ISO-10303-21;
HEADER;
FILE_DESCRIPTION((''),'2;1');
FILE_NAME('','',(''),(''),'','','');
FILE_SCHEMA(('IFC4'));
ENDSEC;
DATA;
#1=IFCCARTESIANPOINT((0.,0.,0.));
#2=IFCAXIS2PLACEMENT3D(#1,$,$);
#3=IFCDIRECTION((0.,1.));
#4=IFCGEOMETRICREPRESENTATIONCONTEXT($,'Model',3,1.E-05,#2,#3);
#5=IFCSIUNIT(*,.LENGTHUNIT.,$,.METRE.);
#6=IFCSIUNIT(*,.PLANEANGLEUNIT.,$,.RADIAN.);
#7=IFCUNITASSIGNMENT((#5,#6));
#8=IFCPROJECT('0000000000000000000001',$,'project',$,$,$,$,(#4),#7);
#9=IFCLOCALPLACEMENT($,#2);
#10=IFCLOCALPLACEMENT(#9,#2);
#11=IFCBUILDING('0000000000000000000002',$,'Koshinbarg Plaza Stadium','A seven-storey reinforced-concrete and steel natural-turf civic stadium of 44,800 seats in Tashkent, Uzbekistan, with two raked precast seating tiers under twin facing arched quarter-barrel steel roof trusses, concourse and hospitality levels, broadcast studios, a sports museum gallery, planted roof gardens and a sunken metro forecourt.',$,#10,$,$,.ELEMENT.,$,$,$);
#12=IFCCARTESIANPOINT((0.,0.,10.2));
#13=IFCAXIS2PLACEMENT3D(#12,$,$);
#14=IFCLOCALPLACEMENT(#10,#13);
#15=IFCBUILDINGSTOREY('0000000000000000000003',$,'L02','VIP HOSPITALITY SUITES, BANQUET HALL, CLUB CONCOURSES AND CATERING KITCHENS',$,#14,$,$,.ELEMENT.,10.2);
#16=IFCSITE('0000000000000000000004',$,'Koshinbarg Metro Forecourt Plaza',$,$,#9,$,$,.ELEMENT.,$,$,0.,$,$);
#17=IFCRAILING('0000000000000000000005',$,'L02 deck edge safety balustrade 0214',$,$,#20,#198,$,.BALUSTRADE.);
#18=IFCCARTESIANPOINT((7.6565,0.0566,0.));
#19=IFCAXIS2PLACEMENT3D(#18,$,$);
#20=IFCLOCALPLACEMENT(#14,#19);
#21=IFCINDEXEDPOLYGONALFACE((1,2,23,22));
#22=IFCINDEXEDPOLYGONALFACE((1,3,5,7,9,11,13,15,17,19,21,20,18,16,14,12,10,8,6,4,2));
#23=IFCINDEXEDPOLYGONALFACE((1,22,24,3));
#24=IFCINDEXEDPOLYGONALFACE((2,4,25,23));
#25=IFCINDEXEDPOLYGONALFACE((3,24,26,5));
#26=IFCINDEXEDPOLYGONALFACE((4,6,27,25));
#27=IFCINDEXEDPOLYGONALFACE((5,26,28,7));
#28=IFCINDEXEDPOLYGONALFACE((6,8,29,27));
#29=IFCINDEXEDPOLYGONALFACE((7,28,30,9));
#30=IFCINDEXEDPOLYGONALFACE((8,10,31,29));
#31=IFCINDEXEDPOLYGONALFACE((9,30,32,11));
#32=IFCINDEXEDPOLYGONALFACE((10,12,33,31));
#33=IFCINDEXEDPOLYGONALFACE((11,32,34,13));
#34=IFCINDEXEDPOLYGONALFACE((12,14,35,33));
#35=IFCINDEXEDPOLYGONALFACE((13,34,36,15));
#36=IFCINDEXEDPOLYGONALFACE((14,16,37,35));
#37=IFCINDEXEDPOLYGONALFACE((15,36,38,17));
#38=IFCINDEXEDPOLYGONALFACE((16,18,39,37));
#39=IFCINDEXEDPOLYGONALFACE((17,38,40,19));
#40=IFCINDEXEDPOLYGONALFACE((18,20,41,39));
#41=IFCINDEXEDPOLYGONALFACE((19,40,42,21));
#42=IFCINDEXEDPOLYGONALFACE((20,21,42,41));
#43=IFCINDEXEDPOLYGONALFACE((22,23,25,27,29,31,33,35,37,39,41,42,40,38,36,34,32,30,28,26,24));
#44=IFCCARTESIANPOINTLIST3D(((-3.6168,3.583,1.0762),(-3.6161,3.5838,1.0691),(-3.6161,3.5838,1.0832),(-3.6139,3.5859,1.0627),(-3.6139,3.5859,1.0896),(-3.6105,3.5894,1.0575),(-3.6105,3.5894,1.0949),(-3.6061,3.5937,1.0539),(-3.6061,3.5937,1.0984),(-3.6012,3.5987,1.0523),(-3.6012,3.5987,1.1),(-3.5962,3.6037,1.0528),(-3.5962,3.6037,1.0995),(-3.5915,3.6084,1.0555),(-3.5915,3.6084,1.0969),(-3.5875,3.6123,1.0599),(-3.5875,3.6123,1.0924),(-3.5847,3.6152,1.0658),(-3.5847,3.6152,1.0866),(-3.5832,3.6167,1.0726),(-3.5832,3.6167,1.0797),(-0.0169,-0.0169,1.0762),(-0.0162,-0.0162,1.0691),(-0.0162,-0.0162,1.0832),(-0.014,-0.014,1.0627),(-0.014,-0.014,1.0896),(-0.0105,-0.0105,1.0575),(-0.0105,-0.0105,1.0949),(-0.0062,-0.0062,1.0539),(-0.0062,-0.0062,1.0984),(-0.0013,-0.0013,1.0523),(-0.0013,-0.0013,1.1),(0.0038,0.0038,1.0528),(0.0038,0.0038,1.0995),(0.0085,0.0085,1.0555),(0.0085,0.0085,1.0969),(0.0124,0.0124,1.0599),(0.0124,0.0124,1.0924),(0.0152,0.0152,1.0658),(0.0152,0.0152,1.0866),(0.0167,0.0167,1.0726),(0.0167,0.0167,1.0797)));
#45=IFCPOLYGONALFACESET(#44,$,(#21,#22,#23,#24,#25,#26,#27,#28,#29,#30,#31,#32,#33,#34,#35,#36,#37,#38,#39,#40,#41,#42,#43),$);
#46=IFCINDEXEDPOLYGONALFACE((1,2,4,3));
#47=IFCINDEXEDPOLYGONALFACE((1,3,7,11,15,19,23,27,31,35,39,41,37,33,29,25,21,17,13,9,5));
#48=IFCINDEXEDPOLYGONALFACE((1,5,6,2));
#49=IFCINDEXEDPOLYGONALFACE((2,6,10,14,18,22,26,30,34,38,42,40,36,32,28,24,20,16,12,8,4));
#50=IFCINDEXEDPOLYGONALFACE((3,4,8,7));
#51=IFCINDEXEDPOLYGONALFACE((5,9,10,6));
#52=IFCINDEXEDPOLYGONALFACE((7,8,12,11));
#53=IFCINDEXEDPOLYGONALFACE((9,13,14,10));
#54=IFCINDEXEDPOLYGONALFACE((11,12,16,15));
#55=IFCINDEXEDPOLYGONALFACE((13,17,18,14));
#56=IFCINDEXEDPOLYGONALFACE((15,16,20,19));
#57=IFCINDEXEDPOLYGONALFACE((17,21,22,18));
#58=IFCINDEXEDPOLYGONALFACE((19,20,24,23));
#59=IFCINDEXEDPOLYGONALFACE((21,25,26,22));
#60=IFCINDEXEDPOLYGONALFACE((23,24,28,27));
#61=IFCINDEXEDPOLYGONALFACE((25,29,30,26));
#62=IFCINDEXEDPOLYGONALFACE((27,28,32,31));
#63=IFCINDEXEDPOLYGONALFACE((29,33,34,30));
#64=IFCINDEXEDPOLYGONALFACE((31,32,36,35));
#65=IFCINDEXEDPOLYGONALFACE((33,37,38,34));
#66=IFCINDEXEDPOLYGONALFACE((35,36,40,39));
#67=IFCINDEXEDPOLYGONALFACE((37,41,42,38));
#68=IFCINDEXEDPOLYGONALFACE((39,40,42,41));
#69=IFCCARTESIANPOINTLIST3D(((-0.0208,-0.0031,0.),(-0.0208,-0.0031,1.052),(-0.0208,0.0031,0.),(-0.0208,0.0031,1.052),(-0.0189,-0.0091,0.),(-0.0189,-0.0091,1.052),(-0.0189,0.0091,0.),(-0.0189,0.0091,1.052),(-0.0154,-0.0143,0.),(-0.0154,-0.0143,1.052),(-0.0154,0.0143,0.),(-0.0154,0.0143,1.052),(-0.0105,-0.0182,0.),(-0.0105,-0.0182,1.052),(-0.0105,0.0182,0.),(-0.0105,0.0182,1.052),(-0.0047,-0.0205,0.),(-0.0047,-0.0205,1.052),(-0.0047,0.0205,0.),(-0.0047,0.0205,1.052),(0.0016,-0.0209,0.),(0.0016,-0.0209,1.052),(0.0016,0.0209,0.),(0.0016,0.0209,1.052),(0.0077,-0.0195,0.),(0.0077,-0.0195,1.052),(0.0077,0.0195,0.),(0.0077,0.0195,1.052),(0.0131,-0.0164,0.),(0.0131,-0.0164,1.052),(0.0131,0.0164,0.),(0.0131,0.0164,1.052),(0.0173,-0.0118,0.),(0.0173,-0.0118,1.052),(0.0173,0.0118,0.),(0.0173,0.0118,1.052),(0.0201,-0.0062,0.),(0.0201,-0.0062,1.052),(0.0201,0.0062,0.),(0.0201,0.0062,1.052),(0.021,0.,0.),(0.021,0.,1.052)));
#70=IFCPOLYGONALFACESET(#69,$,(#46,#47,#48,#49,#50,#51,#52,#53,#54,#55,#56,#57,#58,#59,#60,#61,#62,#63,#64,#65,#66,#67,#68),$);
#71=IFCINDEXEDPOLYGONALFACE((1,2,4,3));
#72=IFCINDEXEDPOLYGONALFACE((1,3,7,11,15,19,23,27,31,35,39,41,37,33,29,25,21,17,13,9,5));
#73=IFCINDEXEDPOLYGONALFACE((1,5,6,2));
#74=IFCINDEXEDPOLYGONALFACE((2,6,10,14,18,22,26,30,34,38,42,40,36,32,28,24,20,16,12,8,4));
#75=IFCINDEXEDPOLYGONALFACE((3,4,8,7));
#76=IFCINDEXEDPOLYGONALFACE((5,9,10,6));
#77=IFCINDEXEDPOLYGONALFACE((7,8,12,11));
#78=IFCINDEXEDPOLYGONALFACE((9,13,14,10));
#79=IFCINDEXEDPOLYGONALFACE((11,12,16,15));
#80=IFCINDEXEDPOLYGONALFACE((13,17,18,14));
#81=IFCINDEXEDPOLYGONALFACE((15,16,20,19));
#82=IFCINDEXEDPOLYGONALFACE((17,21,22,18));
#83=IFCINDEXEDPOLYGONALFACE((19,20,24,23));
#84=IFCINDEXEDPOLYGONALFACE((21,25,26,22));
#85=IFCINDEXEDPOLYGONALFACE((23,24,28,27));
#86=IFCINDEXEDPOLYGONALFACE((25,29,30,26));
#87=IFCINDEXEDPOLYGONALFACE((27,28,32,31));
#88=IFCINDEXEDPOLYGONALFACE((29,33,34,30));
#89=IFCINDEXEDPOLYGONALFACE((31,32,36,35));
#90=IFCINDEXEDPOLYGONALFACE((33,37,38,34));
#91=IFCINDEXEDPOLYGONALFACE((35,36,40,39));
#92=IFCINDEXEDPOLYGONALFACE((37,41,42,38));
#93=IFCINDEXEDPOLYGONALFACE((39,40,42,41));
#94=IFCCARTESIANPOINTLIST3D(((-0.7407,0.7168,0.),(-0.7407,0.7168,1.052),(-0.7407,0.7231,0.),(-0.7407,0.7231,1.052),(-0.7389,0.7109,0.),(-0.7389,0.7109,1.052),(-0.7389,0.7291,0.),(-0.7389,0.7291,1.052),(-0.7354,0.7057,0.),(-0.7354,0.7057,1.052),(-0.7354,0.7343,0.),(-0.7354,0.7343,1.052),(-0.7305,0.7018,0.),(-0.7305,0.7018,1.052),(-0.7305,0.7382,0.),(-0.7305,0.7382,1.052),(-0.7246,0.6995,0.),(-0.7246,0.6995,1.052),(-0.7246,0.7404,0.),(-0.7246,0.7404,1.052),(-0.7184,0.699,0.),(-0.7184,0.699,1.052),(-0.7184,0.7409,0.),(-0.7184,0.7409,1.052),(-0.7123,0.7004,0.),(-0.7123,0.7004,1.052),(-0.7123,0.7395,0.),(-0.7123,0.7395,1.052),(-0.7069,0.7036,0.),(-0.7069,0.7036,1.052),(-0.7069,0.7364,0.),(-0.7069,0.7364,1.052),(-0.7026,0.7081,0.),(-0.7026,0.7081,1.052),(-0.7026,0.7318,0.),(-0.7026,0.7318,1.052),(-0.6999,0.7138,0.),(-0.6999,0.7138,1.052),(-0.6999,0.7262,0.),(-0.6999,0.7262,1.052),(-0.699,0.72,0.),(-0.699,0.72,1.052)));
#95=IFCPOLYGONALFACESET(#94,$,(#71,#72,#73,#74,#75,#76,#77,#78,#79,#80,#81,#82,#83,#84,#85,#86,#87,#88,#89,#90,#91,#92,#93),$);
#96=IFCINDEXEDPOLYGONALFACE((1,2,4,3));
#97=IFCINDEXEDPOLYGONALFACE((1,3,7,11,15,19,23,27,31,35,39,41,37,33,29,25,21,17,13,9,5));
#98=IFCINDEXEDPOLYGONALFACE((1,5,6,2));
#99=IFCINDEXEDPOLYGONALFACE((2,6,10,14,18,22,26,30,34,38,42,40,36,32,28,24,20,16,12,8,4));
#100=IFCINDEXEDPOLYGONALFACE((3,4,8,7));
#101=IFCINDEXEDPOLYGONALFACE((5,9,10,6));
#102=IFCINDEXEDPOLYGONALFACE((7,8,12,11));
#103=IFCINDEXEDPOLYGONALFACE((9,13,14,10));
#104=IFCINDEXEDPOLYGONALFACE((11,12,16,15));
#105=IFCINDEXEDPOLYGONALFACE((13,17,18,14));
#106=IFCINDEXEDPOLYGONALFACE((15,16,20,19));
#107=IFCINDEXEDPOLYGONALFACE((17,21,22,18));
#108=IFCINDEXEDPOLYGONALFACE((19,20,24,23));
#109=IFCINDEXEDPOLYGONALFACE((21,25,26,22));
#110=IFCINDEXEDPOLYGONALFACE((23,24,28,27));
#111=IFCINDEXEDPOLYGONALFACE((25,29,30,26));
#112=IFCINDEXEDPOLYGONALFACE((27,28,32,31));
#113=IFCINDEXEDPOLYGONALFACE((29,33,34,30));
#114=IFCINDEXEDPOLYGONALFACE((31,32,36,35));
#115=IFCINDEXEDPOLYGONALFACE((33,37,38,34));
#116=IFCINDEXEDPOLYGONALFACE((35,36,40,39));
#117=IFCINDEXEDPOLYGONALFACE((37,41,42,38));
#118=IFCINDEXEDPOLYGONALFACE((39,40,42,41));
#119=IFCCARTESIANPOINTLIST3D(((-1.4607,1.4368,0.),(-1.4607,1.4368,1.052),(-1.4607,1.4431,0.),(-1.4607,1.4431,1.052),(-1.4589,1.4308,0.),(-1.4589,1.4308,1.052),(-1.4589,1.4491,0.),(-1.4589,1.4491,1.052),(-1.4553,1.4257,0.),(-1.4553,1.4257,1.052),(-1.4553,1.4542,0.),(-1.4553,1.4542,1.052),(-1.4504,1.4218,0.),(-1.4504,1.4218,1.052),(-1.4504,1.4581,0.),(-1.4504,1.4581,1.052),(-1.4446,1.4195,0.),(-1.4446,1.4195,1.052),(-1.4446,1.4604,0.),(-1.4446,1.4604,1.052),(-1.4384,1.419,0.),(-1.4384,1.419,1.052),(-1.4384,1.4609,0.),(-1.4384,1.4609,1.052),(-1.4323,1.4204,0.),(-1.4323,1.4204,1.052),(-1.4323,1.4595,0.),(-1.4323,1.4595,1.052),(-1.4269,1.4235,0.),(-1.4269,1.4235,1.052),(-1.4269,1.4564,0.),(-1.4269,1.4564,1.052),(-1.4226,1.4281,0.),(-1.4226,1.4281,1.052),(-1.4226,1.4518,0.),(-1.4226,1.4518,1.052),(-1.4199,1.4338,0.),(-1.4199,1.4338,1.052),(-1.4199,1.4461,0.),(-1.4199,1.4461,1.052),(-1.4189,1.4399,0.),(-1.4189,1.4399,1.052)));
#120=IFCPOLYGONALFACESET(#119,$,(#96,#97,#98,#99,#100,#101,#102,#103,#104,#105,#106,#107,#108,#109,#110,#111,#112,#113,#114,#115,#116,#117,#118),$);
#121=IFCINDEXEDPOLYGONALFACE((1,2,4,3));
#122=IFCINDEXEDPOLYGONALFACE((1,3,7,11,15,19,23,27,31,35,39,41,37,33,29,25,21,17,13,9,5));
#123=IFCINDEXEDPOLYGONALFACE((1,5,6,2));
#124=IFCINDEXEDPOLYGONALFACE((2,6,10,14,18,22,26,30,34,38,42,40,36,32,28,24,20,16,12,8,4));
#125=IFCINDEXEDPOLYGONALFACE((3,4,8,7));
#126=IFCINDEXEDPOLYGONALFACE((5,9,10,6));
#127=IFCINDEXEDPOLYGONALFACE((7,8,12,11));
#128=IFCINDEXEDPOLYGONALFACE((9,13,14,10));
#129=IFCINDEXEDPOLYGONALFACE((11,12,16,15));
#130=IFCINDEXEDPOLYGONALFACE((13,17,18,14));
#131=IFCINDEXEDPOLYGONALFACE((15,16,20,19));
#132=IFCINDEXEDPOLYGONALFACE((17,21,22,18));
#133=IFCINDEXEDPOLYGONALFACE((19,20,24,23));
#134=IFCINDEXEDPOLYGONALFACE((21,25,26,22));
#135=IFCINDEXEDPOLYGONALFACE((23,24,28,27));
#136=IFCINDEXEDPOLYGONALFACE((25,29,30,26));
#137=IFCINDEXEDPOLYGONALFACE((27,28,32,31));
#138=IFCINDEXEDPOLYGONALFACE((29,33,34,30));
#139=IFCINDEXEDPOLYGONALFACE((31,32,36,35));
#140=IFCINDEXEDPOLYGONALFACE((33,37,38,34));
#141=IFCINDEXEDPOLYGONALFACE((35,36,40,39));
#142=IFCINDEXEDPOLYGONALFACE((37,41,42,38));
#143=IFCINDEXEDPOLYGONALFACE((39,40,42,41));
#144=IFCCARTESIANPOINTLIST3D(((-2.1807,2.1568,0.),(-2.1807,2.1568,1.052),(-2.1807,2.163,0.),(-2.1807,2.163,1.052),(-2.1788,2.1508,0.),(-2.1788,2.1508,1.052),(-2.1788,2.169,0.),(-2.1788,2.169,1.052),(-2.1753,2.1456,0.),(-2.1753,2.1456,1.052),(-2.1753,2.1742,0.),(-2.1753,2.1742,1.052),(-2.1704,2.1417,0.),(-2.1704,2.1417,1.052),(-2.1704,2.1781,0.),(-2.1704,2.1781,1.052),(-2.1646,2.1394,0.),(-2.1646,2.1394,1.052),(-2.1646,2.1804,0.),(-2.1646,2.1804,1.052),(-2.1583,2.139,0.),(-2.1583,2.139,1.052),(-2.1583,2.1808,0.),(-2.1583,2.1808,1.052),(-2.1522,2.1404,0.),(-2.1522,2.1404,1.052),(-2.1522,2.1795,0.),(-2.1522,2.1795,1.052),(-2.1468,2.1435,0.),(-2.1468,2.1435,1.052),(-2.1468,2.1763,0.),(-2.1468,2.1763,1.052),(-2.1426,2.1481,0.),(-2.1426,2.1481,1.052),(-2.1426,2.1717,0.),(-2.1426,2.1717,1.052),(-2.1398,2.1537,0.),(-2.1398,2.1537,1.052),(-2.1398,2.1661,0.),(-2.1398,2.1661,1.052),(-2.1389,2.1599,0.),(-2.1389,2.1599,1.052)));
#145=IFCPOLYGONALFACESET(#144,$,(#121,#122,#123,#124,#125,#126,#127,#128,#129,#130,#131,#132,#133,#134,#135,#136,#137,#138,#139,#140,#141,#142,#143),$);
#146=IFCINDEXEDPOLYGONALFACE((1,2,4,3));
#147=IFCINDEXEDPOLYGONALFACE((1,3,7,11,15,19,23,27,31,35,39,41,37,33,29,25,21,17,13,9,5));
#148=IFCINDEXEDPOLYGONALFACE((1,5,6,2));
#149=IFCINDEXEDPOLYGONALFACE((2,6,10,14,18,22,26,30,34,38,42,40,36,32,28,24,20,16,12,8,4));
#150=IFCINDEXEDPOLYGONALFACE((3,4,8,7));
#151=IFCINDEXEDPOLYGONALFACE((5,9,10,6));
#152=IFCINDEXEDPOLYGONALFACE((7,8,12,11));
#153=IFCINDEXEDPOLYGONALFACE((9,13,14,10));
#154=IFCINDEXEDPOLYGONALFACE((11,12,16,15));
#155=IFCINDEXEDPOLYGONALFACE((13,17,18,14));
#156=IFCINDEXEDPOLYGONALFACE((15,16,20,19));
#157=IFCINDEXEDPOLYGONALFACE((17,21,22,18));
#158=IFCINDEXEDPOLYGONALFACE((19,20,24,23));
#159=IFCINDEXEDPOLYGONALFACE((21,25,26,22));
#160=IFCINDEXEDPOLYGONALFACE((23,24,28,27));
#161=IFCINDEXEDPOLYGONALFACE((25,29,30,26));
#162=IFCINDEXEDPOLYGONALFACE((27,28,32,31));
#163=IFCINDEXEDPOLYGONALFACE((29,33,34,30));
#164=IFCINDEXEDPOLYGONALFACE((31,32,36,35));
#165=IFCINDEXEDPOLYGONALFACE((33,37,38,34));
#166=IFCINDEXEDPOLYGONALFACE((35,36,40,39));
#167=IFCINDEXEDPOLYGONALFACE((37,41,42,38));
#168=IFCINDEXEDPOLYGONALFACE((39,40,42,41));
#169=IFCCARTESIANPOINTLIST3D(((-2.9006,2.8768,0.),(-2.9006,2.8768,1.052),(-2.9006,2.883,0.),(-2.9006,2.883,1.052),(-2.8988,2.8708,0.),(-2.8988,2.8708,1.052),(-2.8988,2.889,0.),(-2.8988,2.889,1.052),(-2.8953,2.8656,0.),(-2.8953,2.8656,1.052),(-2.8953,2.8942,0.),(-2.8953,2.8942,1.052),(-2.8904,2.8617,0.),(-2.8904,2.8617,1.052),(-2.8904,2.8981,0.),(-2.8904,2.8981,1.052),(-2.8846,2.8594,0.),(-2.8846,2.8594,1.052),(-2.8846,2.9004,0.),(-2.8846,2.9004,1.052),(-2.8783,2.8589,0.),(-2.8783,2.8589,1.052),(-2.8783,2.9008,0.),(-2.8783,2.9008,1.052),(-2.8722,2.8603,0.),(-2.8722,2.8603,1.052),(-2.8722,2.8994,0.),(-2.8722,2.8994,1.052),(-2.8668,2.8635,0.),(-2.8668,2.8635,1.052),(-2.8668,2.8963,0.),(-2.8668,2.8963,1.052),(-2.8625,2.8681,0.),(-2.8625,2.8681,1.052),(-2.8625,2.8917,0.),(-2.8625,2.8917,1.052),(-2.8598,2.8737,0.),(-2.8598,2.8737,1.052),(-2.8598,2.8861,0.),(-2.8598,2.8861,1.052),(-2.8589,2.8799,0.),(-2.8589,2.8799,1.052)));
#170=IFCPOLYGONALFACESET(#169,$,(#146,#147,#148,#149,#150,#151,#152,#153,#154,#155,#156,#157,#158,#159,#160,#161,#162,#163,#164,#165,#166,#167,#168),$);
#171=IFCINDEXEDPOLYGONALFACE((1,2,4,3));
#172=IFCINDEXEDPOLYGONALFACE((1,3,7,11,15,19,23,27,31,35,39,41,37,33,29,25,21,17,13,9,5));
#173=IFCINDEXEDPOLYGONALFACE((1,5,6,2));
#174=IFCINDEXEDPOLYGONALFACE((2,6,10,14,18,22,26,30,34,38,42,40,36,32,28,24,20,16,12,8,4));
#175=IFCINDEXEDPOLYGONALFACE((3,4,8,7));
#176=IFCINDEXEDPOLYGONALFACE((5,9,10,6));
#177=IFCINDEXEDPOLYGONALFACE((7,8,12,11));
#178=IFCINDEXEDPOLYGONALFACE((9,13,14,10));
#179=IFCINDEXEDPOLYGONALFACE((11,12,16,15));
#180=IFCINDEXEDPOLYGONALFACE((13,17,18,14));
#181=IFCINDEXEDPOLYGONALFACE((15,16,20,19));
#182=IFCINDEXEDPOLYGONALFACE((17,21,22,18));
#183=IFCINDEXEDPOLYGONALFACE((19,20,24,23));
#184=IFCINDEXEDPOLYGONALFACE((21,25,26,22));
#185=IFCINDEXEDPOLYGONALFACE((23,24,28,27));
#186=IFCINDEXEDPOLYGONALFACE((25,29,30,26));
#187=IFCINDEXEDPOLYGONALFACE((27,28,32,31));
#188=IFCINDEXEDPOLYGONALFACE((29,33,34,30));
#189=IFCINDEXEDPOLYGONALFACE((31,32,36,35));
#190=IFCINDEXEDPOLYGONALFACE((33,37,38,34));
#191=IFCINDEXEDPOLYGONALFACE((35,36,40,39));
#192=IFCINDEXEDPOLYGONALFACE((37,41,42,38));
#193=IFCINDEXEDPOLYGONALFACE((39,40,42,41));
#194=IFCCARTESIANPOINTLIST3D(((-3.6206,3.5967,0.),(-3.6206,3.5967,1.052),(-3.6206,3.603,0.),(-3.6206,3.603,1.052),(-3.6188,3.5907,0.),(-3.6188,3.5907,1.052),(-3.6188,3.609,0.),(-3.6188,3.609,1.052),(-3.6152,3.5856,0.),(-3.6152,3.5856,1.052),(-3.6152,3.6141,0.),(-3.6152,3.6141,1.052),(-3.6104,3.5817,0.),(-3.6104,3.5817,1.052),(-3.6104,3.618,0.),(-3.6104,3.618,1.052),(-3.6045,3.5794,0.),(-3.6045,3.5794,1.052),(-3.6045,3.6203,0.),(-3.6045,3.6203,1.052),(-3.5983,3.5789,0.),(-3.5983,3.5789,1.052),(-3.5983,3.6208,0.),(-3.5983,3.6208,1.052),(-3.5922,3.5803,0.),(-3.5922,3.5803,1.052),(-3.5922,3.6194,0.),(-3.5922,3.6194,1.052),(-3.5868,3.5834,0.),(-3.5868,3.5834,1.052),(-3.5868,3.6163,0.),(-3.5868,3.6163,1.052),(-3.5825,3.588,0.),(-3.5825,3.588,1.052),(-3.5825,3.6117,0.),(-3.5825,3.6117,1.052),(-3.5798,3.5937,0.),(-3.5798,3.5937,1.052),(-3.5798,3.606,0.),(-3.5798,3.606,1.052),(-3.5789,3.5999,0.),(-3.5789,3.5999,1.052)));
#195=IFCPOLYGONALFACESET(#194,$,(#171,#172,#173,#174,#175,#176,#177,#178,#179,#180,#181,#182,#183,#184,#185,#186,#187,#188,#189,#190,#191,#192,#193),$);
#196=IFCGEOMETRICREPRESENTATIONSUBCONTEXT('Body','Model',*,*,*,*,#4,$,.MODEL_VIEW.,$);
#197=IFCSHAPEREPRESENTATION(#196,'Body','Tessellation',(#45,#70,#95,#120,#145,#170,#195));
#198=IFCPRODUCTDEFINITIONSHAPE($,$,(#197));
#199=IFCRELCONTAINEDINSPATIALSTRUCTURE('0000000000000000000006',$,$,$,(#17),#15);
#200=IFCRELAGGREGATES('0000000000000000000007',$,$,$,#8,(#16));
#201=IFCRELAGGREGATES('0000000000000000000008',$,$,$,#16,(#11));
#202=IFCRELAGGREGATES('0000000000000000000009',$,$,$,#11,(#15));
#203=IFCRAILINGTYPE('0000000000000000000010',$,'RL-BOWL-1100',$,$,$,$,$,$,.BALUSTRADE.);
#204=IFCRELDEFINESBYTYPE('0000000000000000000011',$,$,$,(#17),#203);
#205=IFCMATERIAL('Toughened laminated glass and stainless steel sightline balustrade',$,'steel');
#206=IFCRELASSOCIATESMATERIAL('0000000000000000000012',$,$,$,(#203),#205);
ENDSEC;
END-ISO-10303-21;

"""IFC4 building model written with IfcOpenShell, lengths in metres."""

from ifc_helpers import new_model, si_unit, direction, frame, origin, origin_2d, place, context, subcontext, project, spatial, circle, extrude, material, type_object, element, save


model = new_model("IFC4")

# Units and contexts
model_context = context("Model", 3, precision=1e-05, world=origin(), true_north=direction((0.0, 1.0)))
body_context = subcontext(model_context, "Body", "Model", "MODEL_VIEW")
ifc_project = project(units=[si_unit("LENGTHUNIT", "METRE"), si_unit("PLANEANGLEUNIT", "RADIAN")], contexts=[model_context])

# Site, building, storey
site_placement = place(None, origin())
site = spatial("IfcSite", under=ifc_project, at=site_placement, Name="Koshinbarg Metro Forecourt Plaza", CompositionType="ELEMENT", RefElevation=0.0)
building_placement = place(site_placement, origin())
building = spatial("IfcBuilding", under=site, at=building_placement, Name="Koshinbarg Plaza Stadium", Description="A seven-storey reinforced-concrete and steel natural-turf civic stadium of 44,800 seats in Tashkent, Uzbekistan, with two raked precast seating tiers under twin facing arched quarter-barrel steel roof trusses, concourse and hospitality levels, broadcast studios, a sports museum gallery, planted roof gardens and a sunken metro forecourt.", CompositionType="ELEMENT")
storey_placement = place(building_placement, frame((0.0, 0.0, 10.2)))
storey = spatial("IfcBuildingStorey", under=building, at=storey_placement, Name="L02", Description="VIP HOSPITALITY SUITES, BANQUET HALL, CLUB CONCOURSES AND CATERING KITCHENS", CompositionType="ELEMENT", Elevation=10.2)

# Railing
ifc_material_1 = material(Name="Toughened laminated glass and stainless steel sightline balustrade", Category="steel")
railing_type = type_object("IfcRailingType", Name="RL-BOWL-1100", PredefinedType="BALUSTRADE", material=ifc_material_1)
railing_placement = place(storey_placement, frame((7.6565, 0.0566, 0.0)))
element("IfcRailing", 1, at=railing_placement, inside=storey, type_object=railing_type, Name="L02 deck edge safety balustrade 0214", PredefinedType="BALUSTRADE", context=body_context, shape_type="SweptSolid", body=[
    extrude(circle(Radius=0.0239, at=origin_2d()), frame((0.0, 0.0, 1.0762), z_axis=(-0.707107, 0.707107, 0.0), x_axis=(-0.707107, -0.707107, 0.0)), (0.0, 0.0, 1.0), 5.0911),
    extrude(circle(Radius=0.021, at=origin_2d()), origin(), (0.0, 0.0, 1.0), 1.052),
    extrude(circle(Radius=0.021, at=origin_2d()), frame((-0.72, 0.72, 0.0)), (0.0, 0.0, 1.0), 1.052),
    extrude(circle(Radius=0.021, at=origin_2d()), frame((-1.4399, 1.4399, 0.0)), (0.0, 0.0, 1.0), 1.052),
    extrude(circle(Radius=0.021, at=origin_2d()), frame((-2.1599, 2.1599, 0.0)), (0.0, 0.0, 1.0), 1.052),
    extrude(circle(Radius=0.021, at=origin_2d()), frame((-2.8799, 2.8799, 0.0)), (0.0, 0.0, 1.0), 1.052),
    extrude(circle(Radius=0.021, at=origin_2d()), frame((-3.5999, 3.5999, 0.0)), (0.0, 0.0, 1.0), 1.052),
])

save(model, "model.ifc")
